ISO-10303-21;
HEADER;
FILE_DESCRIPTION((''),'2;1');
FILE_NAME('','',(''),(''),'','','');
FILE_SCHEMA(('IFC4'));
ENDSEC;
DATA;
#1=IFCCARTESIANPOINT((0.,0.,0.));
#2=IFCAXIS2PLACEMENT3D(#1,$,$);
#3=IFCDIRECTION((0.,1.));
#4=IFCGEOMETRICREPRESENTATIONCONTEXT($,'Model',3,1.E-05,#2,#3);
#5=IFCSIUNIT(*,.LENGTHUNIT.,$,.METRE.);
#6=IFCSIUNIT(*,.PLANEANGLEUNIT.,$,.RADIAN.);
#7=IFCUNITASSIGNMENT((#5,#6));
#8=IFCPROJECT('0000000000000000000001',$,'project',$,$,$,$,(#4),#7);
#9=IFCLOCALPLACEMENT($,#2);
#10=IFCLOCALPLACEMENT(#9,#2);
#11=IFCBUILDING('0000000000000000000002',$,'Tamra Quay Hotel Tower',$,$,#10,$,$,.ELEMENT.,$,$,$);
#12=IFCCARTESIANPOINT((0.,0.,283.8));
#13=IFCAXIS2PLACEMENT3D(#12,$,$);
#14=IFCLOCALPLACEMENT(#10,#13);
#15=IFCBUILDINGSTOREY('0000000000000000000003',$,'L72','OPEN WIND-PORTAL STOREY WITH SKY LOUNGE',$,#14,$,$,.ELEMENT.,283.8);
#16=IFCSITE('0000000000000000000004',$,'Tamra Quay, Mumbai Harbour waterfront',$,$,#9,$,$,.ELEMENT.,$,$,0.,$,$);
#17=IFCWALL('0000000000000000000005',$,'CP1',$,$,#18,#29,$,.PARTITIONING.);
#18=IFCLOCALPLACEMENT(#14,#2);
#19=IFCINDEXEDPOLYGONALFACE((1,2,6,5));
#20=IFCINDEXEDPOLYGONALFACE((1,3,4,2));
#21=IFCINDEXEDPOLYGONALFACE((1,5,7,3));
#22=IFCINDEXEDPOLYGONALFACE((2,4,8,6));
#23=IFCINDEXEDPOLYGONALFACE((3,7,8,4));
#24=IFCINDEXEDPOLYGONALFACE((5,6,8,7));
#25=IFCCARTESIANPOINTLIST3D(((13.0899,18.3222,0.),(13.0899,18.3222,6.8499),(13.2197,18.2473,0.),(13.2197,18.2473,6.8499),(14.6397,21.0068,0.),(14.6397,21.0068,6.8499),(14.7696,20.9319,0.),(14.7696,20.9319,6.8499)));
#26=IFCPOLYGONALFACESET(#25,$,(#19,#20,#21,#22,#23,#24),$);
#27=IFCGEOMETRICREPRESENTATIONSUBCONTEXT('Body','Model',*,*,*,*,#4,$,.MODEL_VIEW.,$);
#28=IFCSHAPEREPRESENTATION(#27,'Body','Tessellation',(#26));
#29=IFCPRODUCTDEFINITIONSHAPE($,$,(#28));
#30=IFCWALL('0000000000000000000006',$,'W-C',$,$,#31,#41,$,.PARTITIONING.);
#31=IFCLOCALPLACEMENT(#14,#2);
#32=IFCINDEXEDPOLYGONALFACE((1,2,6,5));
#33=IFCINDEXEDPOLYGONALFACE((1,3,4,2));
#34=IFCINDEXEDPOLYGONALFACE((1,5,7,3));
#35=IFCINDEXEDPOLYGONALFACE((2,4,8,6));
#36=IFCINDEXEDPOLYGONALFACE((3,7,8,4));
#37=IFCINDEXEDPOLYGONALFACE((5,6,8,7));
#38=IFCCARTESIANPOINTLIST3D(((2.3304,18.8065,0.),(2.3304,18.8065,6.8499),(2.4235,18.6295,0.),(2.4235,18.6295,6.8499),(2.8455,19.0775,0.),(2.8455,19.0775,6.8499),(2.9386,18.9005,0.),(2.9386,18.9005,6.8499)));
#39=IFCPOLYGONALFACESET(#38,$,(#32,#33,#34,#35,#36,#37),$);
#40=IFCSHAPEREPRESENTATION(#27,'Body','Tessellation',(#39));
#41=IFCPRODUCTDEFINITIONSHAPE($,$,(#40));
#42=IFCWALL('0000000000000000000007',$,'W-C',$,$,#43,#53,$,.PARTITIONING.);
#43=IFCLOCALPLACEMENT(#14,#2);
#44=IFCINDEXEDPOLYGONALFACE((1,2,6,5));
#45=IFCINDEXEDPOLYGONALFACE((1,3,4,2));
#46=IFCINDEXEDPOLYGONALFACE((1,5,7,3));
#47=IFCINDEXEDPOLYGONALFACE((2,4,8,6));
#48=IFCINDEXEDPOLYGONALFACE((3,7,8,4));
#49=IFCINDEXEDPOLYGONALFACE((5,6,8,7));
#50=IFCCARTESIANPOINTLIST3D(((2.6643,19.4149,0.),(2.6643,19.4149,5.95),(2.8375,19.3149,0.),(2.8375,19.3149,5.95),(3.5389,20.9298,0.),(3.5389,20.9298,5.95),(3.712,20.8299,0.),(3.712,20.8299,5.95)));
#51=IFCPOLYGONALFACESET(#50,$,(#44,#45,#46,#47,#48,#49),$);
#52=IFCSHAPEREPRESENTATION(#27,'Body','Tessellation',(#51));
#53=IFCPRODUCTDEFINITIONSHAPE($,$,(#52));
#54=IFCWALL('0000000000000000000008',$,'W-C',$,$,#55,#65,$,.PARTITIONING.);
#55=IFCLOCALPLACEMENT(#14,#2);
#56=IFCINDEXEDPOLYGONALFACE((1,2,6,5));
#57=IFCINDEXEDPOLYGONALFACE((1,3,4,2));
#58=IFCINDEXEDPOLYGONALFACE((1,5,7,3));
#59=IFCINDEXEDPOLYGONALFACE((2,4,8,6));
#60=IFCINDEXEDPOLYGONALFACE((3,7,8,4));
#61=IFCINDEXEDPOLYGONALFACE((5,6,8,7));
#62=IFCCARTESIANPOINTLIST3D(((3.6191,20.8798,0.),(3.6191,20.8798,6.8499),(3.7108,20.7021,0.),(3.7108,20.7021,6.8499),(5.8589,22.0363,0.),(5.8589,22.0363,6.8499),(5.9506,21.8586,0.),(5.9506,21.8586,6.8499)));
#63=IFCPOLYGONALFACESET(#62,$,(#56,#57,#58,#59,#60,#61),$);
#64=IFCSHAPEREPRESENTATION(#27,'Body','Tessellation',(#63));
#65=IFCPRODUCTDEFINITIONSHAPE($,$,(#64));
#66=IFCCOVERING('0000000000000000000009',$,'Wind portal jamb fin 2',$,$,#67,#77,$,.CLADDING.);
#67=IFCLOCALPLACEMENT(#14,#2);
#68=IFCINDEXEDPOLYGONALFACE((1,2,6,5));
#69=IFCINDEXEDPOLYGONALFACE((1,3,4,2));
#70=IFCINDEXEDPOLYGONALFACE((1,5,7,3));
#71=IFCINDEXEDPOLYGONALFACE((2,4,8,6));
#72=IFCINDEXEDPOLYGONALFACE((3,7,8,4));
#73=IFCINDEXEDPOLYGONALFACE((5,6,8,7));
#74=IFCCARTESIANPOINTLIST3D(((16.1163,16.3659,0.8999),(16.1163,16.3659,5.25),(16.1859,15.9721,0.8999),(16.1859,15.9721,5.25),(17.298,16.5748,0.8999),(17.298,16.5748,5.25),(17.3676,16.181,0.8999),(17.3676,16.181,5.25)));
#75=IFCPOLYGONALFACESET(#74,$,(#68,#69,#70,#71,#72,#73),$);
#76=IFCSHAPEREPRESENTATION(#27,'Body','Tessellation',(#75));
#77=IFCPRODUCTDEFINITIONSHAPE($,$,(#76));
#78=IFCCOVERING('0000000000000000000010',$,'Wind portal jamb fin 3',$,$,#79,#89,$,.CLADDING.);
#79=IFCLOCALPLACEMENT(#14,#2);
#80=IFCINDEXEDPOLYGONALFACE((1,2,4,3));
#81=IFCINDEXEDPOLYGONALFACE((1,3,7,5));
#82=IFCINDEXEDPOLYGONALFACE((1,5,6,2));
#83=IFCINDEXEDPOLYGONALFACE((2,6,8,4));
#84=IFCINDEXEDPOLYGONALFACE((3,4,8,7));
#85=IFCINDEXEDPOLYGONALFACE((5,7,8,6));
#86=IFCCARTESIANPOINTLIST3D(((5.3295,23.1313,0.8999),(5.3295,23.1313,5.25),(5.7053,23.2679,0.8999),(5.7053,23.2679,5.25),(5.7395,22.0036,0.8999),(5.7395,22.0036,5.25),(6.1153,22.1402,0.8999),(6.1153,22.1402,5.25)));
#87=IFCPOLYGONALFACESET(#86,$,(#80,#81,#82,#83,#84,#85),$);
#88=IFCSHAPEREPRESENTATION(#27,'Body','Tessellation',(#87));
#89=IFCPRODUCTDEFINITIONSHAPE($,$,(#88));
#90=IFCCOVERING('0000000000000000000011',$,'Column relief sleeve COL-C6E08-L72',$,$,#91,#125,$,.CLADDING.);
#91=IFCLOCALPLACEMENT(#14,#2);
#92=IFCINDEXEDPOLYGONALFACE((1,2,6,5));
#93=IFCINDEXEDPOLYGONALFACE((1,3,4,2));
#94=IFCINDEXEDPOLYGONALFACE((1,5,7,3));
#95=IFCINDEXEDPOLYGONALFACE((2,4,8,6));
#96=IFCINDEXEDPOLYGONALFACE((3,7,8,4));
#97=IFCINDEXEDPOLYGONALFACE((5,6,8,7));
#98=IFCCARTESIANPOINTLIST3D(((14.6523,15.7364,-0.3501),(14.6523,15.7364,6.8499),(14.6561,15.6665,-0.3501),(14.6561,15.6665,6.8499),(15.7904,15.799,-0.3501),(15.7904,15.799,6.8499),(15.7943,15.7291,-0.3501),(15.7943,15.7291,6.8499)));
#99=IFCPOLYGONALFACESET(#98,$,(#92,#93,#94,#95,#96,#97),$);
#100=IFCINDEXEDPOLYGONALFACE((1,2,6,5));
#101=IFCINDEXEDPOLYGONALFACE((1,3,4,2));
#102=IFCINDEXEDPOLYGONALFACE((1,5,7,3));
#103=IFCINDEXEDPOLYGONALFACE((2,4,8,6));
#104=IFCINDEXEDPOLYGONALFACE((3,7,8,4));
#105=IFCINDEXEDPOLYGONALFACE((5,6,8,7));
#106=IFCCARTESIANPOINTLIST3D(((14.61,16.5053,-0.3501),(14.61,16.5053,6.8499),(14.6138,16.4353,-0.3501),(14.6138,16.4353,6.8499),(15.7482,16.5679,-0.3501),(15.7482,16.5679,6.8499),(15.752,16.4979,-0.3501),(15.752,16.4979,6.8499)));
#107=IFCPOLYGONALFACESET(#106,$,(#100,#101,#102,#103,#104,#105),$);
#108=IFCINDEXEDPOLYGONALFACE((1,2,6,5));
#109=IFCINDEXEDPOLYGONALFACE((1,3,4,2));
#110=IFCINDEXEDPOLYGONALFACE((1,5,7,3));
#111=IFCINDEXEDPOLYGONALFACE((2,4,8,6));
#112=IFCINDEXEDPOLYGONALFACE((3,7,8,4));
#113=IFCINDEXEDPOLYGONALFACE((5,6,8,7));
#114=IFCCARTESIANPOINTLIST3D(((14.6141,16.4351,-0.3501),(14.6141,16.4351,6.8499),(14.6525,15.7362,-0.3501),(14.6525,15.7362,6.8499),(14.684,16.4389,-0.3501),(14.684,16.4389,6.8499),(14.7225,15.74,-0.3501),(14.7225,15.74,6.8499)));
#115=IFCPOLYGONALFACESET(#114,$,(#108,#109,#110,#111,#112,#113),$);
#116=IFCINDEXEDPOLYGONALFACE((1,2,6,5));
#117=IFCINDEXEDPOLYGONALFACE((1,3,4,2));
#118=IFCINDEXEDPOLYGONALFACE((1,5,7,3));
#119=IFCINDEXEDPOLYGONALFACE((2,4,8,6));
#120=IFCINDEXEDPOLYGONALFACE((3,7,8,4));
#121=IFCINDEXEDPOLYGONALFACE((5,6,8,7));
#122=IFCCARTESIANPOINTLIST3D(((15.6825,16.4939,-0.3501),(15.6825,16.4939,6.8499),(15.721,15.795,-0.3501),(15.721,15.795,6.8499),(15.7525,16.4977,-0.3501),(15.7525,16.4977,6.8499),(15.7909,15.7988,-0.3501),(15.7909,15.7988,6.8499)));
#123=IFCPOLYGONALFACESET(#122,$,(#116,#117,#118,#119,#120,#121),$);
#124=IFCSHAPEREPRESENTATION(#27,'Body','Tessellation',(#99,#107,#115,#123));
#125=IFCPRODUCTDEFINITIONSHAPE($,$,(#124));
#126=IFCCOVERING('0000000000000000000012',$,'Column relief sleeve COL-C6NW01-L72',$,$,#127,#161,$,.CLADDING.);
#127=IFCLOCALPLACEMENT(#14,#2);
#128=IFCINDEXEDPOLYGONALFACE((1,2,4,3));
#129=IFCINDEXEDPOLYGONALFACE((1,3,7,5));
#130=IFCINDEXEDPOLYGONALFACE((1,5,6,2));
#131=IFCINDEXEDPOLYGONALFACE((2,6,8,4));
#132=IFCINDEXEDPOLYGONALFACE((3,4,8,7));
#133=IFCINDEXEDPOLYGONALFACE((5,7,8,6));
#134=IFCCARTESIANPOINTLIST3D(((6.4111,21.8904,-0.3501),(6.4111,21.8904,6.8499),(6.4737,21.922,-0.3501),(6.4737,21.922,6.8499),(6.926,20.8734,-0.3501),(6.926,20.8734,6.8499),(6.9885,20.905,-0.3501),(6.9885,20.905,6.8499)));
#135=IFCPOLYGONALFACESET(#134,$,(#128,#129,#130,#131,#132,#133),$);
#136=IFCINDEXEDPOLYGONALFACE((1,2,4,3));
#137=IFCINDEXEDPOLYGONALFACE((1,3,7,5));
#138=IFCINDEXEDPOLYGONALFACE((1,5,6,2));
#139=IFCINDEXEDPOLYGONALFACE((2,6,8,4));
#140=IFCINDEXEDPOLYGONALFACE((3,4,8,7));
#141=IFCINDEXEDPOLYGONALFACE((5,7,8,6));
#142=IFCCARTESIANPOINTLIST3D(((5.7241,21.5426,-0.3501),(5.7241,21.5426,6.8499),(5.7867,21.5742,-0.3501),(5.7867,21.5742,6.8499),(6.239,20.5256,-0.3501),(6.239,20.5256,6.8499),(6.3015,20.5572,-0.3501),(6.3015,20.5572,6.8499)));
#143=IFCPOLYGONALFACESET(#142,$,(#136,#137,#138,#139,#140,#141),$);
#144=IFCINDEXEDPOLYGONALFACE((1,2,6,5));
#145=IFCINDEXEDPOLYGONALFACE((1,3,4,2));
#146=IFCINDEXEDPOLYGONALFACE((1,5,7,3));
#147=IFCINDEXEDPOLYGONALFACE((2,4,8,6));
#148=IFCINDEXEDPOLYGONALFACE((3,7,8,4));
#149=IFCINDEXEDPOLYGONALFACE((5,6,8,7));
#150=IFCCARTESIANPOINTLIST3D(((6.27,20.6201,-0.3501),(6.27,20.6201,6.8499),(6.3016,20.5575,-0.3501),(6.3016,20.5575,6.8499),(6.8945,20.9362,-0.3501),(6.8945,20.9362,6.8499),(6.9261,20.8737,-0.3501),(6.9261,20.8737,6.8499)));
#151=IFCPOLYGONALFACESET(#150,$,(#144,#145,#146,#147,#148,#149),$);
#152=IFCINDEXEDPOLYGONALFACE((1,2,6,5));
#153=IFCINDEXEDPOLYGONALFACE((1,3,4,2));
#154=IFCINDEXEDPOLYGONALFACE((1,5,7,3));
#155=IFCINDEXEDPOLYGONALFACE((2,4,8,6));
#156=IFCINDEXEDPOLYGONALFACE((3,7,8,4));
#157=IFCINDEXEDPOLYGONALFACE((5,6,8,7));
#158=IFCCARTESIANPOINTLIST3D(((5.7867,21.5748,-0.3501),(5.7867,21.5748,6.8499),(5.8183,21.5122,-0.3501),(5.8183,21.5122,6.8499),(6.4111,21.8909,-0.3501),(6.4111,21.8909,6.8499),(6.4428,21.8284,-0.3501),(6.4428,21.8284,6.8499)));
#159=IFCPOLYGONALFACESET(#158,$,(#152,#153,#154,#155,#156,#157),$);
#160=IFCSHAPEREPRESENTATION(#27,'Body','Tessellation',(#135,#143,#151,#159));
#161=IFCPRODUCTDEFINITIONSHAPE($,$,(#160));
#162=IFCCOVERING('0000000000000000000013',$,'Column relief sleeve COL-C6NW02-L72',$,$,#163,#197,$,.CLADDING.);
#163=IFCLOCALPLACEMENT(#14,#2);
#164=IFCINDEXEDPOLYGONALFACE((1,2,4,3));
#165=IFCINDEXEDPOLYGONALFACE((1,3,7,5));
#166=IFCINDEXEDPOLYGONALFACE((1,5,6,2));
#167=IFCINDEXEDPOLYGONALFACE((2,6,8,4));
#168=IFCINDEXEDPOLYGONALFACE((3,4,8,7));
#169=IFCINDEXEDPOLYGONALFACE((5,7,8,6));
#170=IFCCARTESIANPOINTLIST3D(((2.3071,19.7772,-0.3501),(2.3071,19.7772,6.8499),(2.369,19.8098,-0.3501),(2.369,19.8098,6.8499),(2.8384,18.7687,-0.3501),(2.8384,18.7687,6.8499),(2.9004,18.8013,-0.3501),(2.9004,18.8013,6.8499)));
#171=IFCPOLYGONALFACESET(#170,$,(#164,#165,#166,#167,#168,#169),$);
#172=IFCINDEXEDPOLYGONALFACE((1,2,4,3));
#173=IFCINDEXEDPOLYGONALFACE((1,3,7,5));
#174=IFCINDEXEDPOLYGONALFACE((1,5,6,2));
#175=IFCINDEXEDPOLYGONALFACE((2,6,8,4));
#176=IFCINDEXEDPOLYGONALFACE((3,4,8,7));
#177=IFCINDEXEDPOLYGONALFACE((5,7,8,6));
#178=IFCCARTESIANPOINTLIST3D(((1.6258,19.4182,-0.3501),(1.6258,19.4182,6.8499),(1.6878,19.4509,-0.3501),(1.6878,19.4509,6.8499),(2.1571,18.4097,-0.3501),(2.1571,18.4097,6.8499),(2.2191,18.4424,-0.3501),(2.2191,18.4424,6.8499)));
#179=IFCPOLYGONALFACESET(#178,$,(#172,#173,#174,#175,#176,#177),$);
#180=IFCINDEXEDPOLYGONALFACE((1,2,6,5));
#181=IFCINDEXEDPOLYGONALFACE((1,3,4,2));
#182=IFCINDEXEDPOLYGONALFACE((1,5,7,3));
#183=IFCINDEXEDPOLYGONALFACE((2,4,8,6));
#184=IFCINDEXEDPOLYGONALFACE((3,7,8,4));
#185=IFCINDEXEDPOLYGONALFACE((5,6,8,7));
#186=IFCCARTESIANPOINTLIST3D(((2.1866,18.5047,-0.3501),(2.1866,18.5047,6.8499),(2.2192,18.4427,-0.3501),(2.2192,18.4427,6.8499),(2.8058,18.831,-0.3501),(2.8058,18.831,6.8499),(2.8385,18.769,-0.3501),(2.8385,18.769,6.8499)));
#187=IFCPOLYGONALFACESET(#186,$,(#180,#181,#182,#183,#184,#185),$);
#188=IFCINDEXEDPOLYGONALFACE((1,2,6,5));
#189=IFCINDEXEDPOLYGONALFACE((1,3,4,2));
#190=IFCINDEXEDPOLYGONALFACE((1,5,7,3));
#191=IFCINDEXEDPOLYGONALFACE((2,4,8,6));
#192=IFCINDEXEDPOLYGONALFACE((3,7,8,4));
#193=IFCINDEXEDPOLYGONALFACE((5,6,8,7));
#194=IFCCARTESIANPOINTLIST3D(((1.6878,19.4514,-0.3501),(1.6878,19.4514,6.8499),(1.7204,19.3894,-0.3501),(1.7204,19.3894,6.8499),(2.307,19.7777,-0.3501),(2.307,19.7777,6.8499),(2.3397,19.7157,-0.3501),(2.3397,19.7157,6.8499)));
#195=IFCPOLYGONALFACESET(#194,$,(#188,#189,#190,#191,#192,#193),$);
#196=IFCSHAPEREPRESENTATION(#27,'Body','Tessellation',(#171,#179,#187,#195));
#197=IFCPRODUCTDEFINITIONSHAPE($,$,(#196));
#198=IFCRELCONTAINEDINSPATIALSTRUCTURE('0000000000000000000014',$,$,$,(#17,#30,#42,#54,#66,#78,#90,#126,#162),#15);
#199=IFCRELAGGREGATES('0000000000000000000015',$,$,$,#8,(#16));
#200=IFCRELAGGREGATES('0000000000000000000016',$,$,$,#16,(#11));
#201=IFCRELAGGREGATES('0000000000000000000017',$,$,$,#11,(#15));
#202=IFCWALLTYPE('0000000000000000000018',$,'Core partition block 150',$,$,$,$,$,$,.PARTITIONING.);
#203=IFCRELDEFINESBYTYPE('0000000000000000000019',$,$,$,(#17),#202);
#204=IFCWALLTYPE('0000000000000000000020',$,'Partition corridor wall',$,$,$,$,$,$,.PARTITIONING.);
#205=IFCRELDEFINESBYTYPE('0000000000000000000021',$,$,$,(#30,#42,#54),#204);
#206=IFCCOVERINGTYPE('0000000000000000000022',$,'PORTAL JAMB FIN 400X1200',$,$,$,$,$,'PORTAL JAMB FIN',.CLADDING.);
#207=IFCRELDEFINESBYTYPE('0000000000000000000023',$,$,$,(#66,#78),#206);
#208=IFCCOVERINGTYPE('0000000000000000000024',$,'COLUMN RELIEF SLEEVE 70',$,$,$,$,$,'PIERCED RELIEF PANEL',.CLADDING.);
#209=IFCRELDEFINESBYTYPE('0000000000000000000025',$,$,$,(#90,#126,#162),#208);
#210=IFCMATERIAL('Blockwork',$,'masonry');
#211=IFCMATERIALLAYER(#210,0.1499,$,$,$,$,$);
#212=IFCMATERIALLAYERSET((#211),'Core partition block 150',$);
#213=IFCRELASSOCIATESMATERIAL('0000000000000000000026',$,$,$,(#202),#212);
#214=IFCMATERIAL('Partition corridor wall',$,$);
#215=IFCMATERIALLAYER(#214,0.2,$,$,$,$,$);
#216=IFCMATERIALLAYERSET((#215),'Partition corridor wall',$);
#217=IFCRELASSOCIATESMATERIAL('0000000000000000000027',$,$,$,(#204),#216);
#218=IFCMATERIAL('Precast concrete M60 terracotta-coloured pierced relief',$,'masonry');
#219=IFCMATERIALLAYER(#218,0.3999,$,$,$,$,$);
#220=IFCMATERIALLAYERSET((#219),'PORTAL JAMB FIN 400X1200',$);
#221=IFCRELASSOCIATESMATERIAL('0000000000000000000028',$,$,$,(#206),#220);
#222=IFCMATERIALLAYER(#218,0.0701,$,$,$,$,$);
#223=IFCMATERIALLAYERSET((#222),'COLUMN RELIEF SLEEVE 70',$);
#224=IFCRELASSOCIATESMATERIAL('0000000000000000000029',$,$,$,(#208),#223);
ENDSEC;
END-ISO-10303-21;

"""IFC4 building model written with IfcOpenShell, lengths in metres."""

from ifc_helpers import new_model, si_unit, direction, frame, frame_2d, origin, origin_2d, place, context, subcontext, project, spatial, rectangle, extrude, source, transform, mapped, material, layer, layer_set, type_object, element, save


model = new_model("IFC4")

# Units and contexts
model_context = context("Model", 3, precision=1e-05, world=origin(), true_north=direction((0.0, 1.0)))
body_context = subcontext(model_context, "Body", "Model", "MODEL_VIEW")
ifc_project = project(units=[si_unit("LENGTHUNIT", "METRE"), si_unit("PLANEANGLEUNIT", "RADIAN")], contexts=[model_context])

# Site, building, storey
site_placement = place(None, origin())
site = spatial("IfcSite", under=ifc_project, at=site_placement, Name="Tamra Quay, Mumbai Harbour waterfront", CompositionType="ELEMENT", RefElevation=0.0)
building_placement = place(site_placement, origin())
building = spatial("IfcBuilding", under=site, at=building_placement, Name="Tamra Quay Hotel Tower", CompositionType="ELEMENT")
storey_placement = place(building_placement, frame((0.0, 0.0, 283.8)))
storey = spatial("IfcBuildingStorey", under=building, at=storey_placement, Name="L72", Description="OPEN WIND-PORTAL STOREY WITH SKY LOUNGE", CompositionType="ELEMENT", Elevation=283.8)

# Walls
ifc_material_1 = material(Name="Blockwork", Category="masonry")
ifc_layer_1 = layer(ifc_material_1, 0.1499)
ifc_layer_set_1 = layer_set([ifc_layer_1], Name="Core partition block 150")
wall_type_1 = type_object("IfcWallType", Name="Core partition block 150", PredefinedType="PARTITIONING", material=ifc_layer_set_1)
wall_1_placement = place(storey_placement, frame((14.7046, 20.9692, 0.0), z_axis=(0.0, 0.0, 1.0), x_axis=(-0.499968, -0.866044, 0.0)))
element("IfcWall", 1, at=wall_1_placement, inside=storey, type_object=wall_type_1, Name="CP1", PredefinedType="PARTITIONING", context=body_context, shape_type="SweptSolid", body=[
    extrude(rectangle(XDim=3.0999, YDim=0.1499, at=frame_2d((1.5498, 0.0))), origin(), (0.0, 0.0, 1.0), 6.8499),
])
ifc_material_2 = material(Name="Partition corridor wall")
ifc_layer_2 = layer(ifc_material_2, 0.2)
ifc_layer_set_2 = layer_set([ifc_layer_2], Name="Partition corridor wall")
wall_type_2 = type_object("IfcWallType", Name="Partition corridor wall", PredefinedType="PARTITIONING", material=ifc_layer_set_2)
wall_2_placement = place(storey_placement, frame((2.377, 18.718, 0.0), z_axis=(0.0, 0.0, 1.0), x_axis=(0.885009, 0.465574, 0.0)))
element("IfcWall", 2, at=wall_2_placement, inside=storey, type_object=wall_type_2, Name="W-C", PredefinedType="PARTITIONING", context=body_context, shape_type="SweptSolid", body=[
    extrude(rectangle(XDim=0.582, YDim=0.2, at=frame_2d((0.291, 0.0))), origin(), (0.0, 0.0, 1.0), 6.8499),
])
wall_3_placement = place(storey_placement, frame((2.751, 19.365, 0.0), z_axis=(0.0, 0.0, 1.0), x_axis=(0.499952, 0.866053, 0.0)))
element("IfcWall", 3, at=wall_3_placement, inside=storey, type_object=wall_type_2, Name="W-C", PredefinedType="PARTITIONING", context=body_context, shape_type="SweptSolid", body=[
    extrude(rectangle(XDim=1.7493, YDim=0.2, at=frame_2d((0.8745, 0.0))), origin(), (0.0, 0.0, 1.0), 5.95),
])
wall_4_placement = place(storey_placement, frame((3.665, 20.791, 0.0), z_axis=(0.0, 0.0, 1.0), x_axis=(0.88854, 0.458798, 0.0)))
element("IfcWall", 4, at=wall_4_placement, inside=storey, type_object=wall_type_2, Name="W-C", PredefinedType="PARTITIONING", context=body_context, shape_type="SweptSolid", body=[
    extrude(rectangle(XDim=2.5208, YDim=0.2, at=frame_2d((1.2603, 0.0))), origin(), (0.0, 0.0, 1.0), 6.8499),
])

# Coverings
ifc_material_3 = material(Name="Precast concrete M60 terracotta-coloured pierced relief", Category="masonry")
ifc_layer_3 = layer(ifc_material_3, 0.3999)
ifc_layer_set_3 = layer_set([ifc_layer_3], Name="PORTAL JAMB FIN 400X1200")
covering_type_1 = type_object("IfcCoveringType", Name="PORTAL JAMB FIN 400X1200", ElementType="PORTAL JAMB FIN", PredefinedType="CLADDING", material=ifc_layer_set_3)
for number, where, z_axis, x_axis, name in (
    (5, (16.7419, 16.2734, 0.8999), (0.0, 0.0, 1.0), (-0.174033, 0.98474, 0.0), "Wind portal jamb fin 2"),
    (6, (5.7224, 22.6357, 0.8999), (0.0, 0.0, 1.0), (-0.939826, -0.341653, 0.0), "Wind portal jamb fin 3"),
):
    element("IfcCovering", number, at=place(storey_placement, frame(where, z_axis=z_axis, x_axis=x_axis)), inside=storey, type_object=covering_type_1, Name=name, PredefinedType="CLADDING", context=body_context, shape_type="SweptSolid", body=[
        extrude(rectangle(XDim=0.3999, YDim=1.2, at=origin_2d()), origin(), (0.0, 0.0, 1.0), 4.3501),
    ])
ifc_layer_4 = layer(ifc_material_3, 0.0701)
ifc_layer_set_4 = layer_set([ifc_layer_4], Name="COLUMN RELIEF SLEEVE 70")
covering_type_2 = type_object("IfcCoveringType", Name="COLUMN RELIEF SLEEVE 70", ElementType="PIERCED RELIEF PANEL", PredefinedType="CLADDING", material=ifc_layer_set_4)
shared_shape_1 = source(origin(), body_context, "Body", "SweptSolid", [
    extrude(rectangle(XDim=1.1399, YDim=0.0701, at=frame_2d((0.5698, 0.0352))), frame((-0.5701, -0.4199, 0.0)), (0.0, 0.0, 1.0), 7.2),
    extrude(rectangle(XDim=1.1399, YDim=0.0701, at=frame_2d((0.5698, 0.0352))), frame((-0.5701, 0.3501, 0.0)), (0.0, 0.0, 1.0), 7.2),
    extrude(rectangle(XDim=0.0701, YDim=0.7, at=frame_2d((0.0352, 0.3501))), frame((-0.5701, -0.3501, 0.0)), (0.0, 0.0, 1.0), 7.2),
    extrude(rectangle(XDim=0.0701, YDim=0.7, at=frame_2d((0.0352, 0.3501))), frame((0.5, -0.3501, 0.0)), (0.0, 0.0, 1.0), 7.2),
])
for number, where, z_axis, x_axis, name in (
    (7, (15.2024, 16.1169, -0.3501), (0.0, 0.0, 1.0), (0.998491, 0.054917, 0.0), "Column relief sleeve COL-C6E08-L72"),
    (8, (6.3564, 21.2241, -0.3501), (0.0, 0.0, 1.0), (-0.451686, 0.892177, 0.0), "Column relief sleeve COL-C6NW01-L72"),
    (9, (2.2632, 19.1101, -0.3501), (0.0, 0.0, 1.0), (-0.466118, 0.884723, 0.0), "Column relief sleeve COL-C6NW02-L72"),
):
    element("IfcCovering", number, at=place(storey_placement, frame(where, z_axis=z_axis, x_axis=x_axis)), inside=storey, type_object=covering_type_2, Name=name, PredefinedType="CLADDING", context=body_context, shape_type="MappedRepresentation", body=[
        mapped(shared_shape_1, transform((0.0, 0.0, 0.0), scale=1.0)),
    ])

save(model, "model.ifc")
